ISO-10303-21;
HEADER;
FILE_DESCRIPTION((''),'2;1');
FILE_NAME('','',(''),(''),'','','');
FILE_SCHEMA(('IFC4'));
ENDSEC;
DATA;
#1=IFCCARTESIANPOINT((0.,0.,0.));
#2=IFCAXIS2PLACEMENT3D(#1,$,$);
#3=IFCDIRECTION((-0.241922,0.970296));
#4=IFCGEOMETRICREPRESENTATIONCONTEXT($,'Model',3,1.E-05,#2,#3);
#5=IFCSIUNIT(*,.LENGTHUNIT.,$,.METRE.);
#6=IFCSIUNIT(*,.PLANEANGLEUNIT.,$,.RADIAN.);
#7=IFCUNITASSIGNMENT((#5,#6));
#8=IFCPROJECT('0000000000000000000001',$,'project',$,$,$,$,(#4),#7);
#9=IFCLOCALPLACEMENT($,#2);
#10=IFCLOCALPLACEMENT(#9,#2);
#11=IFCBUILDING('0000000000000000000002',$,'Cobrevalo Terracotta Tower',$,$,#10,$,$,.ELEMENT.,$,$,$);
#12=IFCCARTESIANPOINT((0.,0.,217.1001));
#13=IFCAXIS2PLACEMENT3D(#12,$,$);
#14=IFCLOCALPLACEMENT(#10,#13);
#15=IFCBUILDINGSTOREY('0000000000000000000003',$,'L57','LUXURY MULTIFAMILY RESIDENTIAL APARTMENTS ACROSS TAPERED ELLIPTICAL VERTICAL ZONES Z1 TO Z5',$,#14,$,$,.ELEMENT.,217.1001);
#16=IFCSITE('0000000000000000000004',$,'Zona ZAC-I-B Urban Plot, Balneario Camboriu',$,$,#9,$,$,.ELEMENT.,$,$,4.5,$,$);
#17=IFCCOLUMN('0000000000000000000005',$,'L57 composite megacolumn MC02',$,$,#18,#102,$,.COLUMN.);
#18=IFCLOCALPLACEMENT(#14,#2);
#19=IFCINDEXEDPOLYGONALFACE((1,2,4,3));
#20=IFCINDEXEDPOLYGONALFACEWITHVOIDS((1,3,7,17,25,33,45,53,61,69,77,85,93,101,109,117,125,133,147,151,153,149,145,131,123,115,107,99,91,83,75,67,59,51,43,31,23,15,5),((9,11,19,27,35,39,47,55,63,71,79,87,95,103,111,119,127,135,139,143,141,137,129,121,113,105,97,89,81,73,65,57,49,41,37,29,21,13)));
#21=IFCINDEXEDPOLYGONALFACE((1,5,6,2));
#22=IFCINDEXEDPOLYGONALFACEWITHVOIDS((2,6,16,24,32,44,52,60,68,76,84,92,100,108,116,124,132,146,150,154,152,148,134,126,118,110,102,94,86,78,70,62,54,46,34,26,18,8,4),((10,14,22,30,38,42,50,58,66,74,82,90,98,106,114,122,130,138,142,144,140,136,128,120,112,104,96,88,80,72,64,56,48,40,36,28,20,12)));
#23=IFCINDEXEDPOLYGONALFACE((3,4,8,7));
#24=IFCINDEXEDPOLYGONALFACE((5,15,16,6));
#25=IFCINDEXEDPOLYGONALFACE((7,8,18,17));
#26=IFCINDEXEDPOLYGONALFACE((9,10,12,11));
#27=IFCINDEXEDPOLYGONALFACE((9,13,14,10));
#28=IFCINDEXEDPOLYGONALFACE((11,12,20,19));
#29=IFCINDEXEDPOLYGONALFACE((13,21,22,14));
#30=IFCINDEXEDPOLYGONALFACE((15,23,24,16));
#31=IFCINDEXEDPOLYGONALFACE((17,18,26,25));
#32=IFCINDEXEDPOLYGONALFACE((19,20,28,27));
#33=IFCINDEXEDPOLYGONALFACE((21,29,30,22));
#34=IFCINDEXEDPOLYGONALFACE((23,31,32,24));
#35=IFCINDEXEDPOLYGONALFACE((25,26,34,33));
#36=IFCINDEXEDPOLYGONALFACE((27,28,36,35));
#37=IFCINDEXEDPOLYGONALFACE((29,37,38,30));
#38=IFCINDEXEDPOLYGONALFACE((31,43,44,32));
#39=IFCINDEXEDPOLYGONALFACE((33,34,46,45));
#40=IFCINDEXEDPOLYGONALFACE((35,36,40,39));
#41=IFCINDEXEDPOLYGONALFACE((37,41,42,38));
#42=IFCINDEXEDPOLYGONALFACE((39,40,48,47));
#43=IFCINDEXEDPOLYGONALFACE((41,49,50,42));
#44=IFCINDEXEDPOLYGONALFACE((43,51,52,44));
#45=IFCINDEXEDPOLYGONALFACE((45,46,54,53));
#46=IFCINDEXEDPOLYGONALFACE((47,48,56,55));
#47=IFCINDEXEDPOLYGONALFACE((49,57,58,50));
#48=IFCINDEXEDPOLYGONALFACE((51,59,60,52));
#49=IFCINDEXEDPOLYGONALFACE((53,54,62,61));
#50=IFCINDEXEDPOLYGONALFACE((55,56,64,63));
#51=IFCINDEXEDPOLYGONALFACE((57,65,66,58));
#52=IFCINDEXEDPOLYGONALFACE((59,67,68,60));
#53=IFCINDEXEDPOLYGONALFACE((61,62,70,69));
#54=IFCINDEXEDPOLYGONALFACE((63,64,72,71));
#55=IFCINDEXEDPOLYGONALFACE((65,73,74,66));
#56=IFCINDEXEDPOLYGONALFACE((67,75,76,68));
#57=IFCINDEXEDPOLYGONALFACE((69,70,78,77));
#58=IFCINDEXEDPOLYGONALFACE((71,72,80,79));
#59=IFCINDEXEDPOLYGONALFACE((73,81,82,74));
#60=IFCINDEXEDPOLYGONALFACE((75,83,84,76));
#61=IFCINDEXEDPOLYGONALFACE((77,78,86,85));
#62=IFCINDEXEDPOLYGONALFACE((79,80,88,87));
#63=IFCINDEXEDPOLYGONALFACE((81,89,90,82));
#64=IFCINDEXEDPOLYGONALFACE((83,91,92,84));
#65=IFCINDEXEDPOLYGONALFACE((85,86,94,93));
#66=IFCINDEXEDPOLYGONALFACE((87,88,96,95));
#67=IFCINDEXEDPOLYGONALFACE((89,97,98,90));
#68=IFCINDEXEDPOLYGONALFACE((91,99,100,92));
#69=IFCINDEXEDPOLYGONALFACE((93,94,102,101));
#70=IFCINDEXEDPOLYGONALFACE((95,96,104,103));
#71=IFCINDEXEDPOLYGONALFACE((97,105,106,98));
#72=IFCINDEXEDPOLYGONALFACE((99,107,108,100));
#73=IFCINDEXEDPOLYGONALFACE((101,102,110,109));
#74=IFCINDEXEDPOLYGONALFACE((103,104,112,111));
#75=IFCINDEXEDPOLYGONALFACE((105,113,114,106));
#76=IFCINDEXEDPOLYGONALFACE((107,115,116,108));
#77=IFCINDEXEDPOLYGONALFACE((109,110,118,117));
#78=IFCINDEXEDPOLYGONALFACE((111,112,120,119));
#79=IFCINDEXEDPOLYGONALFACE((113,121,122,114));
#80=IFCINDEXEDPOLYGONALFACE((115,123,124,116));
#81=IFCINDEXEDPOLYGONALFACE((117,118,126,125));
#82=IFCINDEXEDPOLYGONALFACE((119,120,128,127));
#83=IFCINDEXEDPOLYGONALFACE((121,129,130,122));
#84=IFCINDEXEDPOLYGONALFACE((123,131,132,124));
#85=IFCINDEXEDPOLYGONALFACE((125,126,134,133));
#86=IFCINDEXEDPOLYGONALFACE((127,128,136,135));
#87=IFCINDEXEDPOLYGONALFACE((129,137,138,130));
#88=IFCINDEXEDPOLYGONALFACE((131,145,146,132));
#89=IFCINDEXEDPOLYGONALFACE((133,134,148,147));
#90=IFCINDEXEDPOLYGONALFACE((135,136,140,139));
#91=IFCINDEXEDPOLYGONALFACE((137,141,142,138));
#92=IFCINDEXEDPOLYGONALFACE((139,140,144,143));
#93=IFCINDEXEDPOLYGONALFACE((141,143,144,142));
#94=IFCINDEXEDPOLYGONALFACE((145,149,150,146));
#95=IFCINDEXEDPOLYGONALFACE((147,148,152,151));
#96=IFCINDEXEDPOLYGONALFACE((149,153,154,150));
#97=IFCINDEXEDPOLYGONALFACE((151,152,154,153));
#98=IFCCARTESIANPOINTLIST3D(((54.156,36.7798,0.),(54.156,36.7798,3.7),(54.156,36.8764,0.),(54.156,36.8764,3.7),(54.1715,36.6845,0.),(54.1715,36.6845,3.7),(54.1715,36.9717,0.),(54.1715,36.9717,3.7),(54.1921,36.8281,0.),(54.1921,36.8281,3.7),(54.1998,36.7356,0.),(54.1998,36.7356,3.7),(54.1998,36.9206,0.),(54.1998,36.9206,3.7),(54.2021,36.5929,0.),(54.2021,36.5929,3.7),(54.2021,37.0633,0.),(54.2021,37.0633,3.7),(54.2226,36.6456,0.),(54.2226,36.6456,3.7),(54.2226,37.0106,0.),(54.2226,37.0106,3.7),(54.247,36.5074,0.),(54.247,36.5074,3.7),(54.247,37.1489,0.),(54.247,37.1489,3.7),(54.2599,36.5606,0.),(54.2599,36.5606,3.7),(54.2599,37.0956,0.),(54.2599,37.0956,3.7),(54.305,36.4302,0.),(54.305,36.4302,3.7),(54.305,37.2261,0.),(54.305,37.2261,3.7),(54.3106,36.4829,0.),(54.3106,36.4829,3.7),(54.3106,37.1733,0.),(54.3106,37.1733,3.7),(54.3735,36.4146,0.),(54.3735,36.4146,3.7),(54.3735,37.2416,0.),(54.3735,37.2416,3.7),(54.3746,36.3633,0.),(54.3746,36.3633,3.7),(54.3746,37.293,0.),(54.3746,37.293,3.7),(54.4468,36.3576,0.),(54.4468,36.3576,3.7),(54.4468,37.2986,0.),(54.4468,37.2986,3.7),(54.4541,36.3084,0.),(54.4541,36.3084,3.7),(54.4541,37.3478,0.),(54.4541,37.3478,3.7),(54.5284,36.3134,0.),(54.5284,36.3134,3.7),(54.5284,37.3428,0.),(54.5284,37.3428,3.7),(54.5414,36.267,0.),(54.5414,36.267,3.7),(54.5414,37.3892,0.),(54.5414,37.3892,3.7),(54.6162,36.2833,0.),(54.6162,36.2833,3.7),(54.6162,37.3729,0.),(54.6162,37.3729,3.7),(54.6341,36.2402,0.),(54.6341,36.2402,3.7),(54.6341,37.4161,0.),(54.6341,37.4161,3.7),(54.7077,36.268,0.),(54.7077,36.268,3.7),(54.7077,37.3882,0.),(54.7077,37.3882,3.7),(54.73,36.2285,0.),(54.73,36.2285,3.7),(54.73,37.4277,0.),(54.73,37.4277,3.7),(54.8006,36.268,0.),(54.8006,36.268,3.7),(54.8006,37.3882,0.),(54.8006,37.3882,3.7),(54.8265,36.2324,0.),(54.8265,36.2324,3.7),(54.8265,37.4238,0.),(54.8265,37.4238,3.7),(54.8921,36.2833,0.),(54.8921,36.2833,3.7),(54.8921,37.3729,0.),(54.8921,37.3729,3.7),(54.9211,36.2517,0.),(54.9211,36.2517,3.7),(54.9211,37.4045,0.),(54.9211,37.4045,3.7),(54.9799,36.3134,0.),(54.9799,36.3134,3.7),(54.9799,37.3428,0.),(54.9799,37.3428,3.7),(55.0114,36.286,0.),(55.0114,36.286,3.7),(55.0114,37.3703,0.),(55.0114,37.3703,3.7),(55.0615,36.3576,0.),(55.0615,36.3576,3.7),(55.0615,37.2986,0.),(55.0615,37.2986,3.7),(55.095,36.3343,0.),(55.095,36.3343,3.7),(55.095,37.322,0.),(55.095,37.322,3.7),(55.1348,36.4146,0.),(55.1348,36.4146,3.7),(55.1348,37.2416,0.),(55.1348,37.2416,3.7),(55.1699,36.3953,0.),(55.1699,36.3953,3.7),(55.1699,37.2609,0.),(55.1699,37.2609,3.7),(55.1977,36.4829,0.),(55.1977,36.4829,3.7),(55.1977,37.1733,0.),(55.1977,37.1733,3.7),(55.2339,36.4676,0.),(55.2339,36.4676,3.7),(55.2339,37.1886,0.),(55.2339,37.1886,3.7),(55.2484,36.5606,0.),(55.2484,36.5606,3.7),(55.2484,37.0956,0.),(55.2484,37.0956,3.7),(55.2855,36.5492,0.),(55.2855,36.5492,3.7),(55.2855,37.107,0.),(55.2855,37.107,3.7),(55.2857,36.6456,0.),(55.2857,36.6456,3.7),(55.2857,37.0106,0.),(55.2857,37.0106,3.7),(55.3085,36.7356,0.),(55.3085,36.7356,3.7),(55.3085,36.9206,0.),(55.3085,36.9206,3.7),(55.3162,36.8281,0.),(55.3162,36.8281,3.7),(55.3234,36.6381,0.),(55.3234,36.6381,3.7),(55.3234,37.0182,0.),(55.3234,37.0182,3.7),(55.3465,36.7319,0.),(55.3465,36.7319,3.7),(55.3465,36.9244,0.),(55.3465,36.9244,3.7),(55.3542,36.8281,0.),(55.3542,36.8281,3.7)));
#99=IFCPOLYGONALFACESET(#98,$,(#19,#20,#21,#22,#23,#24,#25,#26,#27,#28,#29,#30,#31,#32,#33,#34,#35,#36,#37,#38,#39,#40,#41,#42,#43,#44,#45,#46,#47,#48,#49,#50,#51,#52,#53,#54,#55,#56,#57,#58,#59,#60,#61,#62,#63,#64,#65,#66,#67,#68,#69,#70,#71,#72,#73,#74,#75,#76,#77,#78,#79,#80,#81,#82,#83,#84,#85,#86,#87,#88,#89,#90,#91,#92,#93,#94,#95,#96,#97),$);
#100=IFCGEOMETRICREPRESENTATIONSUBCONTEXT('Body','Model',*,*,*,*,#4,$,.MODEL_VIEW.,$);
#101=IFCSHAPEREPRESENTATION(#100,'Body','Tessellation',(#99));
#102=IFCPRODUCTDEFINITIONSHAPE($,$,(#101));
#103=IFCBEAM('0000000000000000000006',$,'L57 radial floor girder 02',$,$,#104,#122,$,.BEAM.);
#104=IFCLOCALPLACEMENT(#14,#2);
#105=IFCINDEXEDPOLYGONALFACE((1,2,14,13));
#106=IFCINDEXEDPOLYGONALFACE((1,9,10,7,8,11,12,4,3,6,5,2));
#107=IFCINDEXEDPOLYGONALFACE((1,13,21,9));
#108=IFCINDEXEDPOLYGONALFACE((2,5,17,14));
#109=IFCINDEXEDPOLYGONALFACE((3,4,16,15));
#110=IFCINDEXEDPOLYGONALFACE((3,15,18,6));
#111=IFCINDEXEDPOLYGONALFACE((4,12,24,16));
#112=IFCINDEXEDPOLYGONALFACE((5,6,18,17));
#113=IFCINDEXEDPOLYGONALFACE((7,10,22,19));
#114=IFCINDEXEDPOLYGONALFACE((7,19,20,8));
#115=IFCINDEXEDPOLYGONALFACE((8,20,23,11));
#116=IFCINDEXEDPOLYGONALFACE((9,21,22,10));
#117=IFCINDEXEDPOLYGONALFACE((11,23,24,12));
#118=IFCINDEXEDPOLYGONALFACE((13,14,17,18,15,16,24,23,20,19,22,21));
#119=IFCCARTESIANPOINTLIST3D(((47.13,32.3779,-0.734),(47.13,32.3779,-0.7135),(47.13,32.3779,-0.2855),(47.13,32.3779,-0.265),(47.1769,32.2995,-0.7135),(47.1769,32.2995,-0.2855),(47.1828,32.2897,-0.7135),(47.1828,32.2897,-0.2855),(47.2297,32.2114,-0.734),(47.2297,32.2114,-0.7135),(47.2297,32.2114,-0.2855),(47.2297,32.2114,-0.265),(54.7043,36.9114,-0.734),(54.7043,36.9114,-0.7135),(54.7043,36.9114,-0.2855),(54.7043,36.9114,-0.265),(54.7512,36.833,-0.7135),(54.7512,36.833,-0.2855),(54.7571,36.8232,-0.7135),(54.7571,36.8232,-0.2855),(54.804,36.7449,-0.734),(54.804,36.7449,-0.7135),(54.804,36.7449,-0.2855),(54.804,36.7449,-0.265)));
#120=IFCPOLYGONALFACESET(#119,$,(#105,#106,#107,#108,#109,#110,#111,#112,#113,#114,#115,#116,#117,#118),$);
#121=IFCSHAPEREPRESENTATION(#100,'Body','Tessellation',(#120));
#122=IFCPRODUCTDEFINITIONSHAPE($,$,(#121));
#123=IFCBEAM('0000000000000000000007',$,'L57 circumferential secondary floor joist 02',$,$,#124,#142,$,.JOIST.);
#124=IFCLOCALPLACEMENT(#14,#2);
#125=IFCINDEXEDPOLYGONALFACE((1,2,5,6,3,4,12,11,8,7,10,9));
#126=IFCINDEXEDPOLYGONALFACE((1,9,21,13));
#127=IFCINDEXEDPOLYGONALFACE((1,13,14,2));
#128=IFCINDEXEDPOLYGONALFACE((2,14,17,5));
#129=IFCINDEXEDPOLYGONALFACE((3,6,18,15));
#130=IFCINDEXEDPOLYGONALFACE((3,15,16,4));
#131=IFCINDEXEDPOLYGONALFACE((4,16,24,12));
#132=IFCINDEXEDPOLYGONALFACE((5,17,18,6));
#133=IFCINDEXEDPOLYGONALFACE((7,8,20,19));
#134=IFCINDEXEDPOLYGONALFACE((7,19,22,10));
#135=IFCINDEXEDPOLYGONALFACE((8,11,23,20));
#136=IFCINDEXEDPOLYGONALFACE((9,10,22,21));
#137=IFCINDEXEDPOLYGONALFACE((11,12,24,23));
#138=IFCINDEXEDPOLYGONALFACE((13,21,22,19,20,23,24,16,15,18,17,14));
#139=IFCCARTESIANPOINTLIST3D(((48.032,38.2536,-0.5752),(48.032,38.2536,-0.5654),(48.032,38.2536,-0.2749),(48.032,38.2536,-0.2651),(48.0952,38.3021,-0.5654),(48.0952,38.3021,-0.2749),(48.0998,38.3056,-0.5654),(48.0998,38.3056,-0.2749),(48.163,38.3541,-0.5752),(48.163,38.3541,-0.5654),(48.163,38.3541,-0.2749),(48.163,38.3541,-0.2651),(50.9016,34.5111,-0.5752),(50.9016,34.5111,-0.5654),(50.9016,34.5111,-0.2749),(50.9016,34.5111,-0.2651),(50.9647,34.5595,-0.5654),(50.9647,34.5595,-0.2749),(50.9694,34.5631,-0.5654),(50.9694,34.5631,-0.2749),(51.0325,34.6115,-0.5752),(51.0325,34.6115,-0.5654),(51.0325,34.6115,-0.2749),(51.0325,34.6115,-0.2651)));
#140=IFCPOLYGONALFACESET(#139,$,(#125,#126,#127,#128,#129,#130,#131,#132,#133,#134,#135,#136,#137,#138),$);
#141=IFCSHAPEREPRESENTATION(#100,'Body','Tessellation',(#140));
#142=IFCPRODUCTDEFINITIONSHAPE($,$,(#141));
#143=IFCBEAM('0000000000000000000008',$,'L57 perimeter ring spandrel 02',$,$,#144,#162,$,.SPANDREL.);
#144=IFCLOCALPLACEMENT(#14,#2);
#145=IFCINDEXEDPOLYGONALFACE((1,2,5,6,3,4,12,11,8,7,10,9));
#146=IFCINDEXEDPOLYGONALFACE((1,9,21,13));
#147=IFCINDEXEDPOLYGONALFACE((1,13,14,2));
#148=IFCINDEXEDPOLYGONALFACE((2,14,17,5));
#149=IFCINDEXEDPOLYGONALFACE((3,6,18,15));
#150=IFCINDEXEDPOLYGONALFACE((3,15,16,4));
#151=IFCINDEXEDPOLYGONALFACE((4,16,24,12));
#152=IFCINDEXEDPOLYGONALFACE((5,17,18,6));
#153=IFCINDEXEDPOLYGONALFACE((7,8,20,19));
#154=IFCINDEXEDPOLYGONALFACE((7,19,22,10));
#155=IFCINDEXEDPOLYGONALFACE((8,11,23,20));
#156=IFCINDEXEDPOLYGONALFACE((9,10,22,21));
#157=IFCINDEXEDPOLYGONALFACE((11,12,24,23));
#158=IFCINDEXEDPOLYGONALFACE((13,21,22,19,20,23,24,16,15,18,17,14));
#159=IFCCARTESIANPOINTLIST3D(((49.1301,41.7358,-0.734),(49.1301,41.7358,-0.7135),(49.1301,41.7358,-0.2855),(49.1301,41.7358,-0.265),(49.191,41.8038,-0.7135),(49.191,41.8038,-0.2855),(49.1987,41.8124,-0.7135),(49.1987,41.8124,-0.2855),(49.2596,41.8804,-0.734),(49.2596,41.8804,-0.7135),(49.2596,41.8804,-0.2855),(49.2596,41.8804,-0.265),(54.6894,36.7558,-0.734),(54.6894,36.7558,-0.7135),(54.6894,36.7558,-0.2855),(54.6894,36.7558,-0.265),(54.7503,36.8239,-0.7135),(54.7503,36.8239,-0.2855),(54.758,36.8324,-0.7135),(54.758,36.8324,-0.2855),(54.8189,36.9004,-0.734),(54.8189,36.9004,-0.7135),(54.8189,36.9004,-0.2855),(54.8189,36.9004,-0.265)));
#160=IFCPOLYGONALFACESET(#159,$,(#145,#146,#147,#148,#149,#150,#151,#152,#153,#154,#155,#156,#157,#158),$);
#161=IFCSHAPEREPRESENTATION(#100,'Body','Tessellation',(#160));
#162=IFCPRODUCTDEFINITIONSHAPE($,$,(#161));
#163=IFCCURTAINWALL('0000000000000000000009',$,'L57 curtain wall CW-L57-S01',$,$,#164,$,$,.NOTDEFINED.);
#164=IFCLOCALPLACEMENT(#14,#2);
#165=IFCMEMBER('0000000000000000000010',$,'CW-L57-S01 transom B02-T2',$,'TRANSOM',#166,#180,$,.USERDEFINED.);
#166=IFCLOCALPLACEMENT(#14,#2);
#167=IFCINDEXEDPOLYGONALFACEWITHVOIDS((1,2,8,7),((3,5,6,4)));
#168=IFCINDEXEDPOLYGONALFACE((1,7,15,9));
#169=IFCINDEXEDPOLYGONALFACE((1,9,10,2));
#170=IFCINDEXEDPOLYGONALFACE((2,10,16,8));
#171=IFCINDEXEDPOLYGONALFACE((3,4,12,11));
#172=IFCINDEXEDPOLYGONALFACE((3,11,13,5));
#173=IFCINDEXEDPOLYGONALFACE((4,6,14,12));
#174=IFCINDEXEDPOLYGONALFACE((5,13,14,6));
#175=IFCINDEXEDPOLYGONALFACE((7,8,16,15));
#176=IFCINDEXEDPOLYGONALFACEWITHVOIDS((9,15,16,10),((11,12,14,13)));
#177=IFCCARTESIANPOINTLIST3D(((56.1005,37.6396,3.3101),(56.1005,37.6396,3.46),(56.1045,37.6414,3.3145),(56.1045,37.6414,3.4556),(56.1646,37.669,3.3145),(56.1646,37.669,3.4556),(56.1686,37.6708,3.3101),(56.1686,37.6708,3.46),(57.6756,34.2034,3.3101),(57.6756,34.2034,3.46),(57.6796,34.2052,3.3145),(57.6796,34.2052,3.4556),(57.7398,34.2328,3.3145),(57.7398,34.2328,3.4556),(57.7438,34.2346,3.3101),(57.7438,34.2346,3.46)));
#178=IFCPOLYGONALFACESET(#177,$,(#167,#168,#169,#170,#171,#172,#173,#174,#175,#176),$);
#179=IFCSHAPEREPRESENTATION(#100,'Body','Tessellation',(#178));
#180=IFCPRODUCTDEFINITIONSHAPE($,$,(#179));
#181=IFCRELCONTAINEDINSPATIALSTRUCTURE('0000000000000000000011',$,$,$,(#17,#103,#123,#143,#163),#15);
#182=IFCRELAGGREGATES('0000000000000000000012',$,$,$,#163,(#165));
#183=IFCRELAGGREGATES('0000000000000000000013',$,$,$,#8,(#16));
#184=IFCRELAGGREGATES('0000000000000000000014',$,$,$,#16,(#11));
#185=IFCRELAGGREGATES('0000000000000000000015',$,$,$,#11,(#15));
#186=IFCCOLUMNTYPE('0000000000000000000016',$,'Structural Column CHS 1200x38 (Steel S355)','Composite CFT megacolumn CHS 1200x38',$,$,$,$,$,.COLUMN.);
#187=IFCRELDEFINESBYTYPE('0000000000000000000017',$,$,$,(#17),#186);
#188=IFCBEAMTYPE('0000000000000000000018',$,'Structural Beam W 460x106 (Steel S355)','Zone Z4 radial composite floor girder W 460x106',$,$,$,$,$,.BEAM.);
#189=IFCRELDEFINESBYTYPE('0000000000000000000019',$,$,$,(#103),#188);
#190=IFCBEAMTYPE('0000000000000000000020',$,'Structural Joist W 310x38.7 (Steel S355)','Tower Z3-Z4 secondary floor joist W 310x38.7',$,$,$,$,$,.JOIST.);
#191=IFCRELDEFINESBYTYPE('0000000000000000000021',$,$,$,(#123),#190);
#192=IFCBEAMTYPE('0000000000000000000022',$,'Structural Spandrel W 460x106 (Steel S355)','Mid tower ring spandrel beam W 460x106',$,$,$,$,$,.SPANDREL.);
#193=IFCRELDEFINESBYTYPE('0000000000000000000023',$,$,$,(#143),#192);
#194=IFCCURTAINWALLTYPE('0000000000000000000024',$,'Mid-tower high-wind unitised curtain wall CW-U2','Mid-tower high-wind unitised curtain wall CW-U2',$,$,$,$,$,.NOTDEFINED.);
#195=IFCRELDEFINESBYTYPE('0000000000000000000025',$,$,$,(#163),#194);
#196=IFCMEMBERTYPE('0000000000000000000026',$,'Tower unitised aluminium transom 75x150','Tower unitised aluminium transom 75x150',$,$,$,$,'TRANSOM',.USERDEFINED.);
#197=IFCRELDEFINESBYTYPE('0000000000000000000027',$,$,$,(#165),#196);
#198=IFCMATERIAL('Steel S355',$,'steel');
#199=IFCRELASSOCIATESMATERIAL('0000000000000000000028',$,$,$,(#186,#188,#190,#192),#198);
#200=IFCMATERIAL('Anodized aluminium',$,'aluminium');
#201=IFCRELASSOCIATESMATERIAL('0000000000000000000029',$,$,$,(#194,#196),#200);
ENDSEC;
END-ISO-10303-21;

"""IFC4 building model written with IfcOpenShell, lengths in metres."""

from ifc_helpers import new_model, si_unit, direction, frame, origin, origin_2d, place, context, subcontext, project, spatial, hollow_rectangle, hollow_circle, i_section, extrude, source, transform, mapped, material, material_profile, profile_set, type_object, element, aggregate, save


model = new_model("IFC4")

# Units and contexts
model_context = context("Model", 3, precision=1e-05, world=origin(), true_north=direction((-0.241922, 0.970296)))
body_context = subcontext(model_context, "Body", "Model", "MODEL_VIEW")
ifc_project = project(units=[si_unit("LENGTHUNIT", "METRE"), si_unit("PLANEANGLEUNIT", "RADIAN")], contexts=[model_context])

# Site, building, storey
site_placement = place(None, origin())
site = spatial("IfcSite", under=ifc_project, at=site_placement, Name="Zona ZAC-I-B Urban Plot, Balneario Camboriu", CompositionType="ELEMENT", RefElevation=4.5)
building_placement = place(site_placement, origin())
building = spatial("IfcBuilding", under=site, at=building_placement, Name="Cobrevalo Terracotta Tower", CompositionType="ELEMENT")
storey_placement = place(building_placement, frame((0.0, 0.0, 217.1001)))
storey = spatial("IfcBuildingStorey", under=building, at=storey_placement, Name="L57", Description="LUXURY MULTIFAMILY RESIDENTIAL APARTMENTS ACROSS TAPERED ELLIPTICAL VERTICAL ZONES Z1 TO Z5", CompositionType="ELEMENT", Elevation=217.1001)

# Column
ifc_material_1 = material(Name="Steel S355", Category="steel")
ifc_material_profile_1 = material_profile(ifc_material_1, hollow_circle(Radius=0.6001, WallThickness=0.0381, at=origin_2d()), Name="CHS 1200x38")
ifc_profile_set_1 = profile_set([ifc_material_profile_1], Name="Steel S355")
column_type = type_object("IfcColumnType", Name="Structural Column CHS 1200x38 (Steel S355)", Description="Composite CFT megacolumn CHS 1200x38", PredefinedType="COLUMN", material=ifc_profile_set_1)
column_placement = place(storey_placement, frame((54.7542, 36.8281, 0.0), z_axis=(0.0, 0.0, 1.0), x_axis=(1.0, 0.0, 0.0)))
element("IfcColumn", 1, at=column_placement, inside=storey, type_object=column_type, Name="L57 composite megacolumn MC02", PredefinedType="COLUMN", context=body_context, shape_type="SweptSolid", body=[
    extrude(hollow_circle(Radius=0.6001, WallThickness=0.0381, at=origin_2d()), origin(), (0.0, 0.0, 1.0), 3.7),
])

# Beams
ifc_material_profile_2 = material_profile(ifc_material_1, i_section(OverallWidth=0.1941, OverallDepth=0.469, WebThickness=0.0115, FlangeThickness=0.0205, at=origin_2d()), Name="W 460x106")
ifc_profile_set_2 = profile_set([ifc_material_profile_2], Name="Steel S355")
beam_type_1 = type_object("IfcBeamType", Name="Structural Beam W 460x106 (Steel S355)", Description="Zone Z4 radial composite floor girder W 460x106", PredefinedType="BEAM", material=ifc_profile_set_2)
beam_1_placement = place(storey_placement, frame((54.7542, 36.8281, -0.4995), z_axis=(-0.858046, -0.513572, 0.0), x_axis=(0.513572, -0.858046, 0.0)))
element("IfcBeam", 2, at=beam_1_placement, inside=storey, type_object=beam_type_1, Name="L57 radial floor girder 02", PredefinedType="BEAM", context=body_context, shape_type="SweptSolid", body=[
    extrude(i_section(OverallWidth=0.1941, OverallDepth=0.469, WebThickness=0.0115, FlangeThickness=0.0205, at=origin_2d()), origin(), (0.0, 0.0, 1.0), 8.8274),
])
ifc_material_profile_3 = material_profile(ifc_material_1, i_section(OverallWidth=0.165, OverallDepth=0.3101, WebThickness=0.0059, FlangeThickness=0.0098, at=origin_2d()), Name="W 310x38.7")
ifc_profile_set_3 = profile_set([ifc_material_profile_3], Name="Steel S355")
beam_type_2 = type_object("IfcBeamType", Name="Structural Joist W 310x38.7 (Steel S355)", Description="Tower Z3-Z4 secondary floor joist W 310x38.7", PredefinedType="JOIST", material=ifc_profile_set_3)
beam_2_placement = place(storey_placement, frame((50.967, 34.5613, -0.4202), z_axis=(-0.608464, 0.793581, 0.0), x_axis=(-0.793581, -0.608464, 0.0)))
element("IfcBeam", 3, at=beam_2_placement, inside=storey, type_object=beam_type_2, Name="L57 circumferential secondary floor joist 02", PredefinedType="JOIST", context=body_context, shape_type="SweptSolid", body=[
    extrude(i_section(OverallWidth=0.165, OverallDepth=0.3101, WebThickness=0.0059, FlangeThickness=0.0098, at=origin_2d()), origin(), (0.0, 0.0, 1.0), 4.7161),
])
ifc_material_profile_4 = material_profile(ifc_material_1, i_section(OverallWidth=0.1941, OverallDepth=0.469, WebThickness=0.0115, FlangeThickness=0.0205, at=origin_2d()), Name="W 460x106")
ifc_profile_set_4 = profile_set([ifc_material_profile_4], Name="Steel S355")
beam_type_3 = type_object("IfcBeamType", Name="Structural Spandrel W 460x106 (Steel S355)", Description="Mid tower ring spandrel beam W 460x106", PredefinedType="SPANDREL", material=ifc_profile_set_4)
beam_3_placement = place(storey_placement, frame((54.7542, 36.8281, -0.4995), z_axis=(-0.744852, 0.66723, 0.0), x_axis=(-0.66723, -0.744852, 0.0)))
element("IfcBeam", 4, at=beam_3_placement, inside=storey, type_object=beam_type_3, Name="L57 perimeter ring spandrel 02", PredefinedType="SPANDREL", context=body_context, shape_type="SweptSolid", body=[
    extrude(i_section(OverallWidth=0.1941, OverallDepth=0.469, WebThickness=0.0115, FlangeThickness=0.0205, at=origin_2d()), origin(), (0.0, 0.0, 1.0), 7.4636),
])

# Curtain wall, member
ifc_material_2 = material(Name="Anodized aluminium", Category="aluminium")
curtain_wall_type = type_object("IfcCurtainWallType", Name="Mid-tower high-wind unitised curtain wall CW-U2", Description="Mid-tower high-wind unitised curtain wall CW-U2", PredefinedType="NOTDEFINED", material=ifc_material_2)
curtain_wall_1_placement = place(storey_placement, origin())
curtain_wall_1 = element("IfcCurtainWall", 5, at=curtain_wall_1_placement, inside=storey, type_object=curtain_wall_type, Name="L57 curtain wall CW-L57-S01", PredefinedType="NOTDEFINED")
ifc_material_profile_5 = material_profile(ifc_material_2, hollow_rectangle(XDim=0.075, YDim=0.1499, WallThickness=0.0044, at=origin_2d()), Name="CWT 75x150")
ifc_profile_set_5 = profile_set([ifc_material_profile_5], Name="Anodized aluminium")
member_type_1 = type_object("IfcMemberType", Name="Tower unitised aluminium transom 75x150", Description="Tower unitised aluminium transom 75x150", ElementType="TRANSOM", PredefinedType="USERDEFINED", material=ifc_profile_set_5)
shared_shape_1 = source(origin(), body_context, "Body", "SweptSolid", [
    extrude(hollow_rectangle(XDim=0.075, YDim=0.1499, WallThickness=0.0044, at=origin_2d()), origin(), (0.0, 0.0, 1.0), 3.78),
])
member_1_placement = place(storey_placement, frame((57.7097, 34.219, 3.385), z_axis=(-0.416706, 0.909041, 0.0), x_axis=(-0.909041, -0.416706, 0.0)))
member_1 = element("IfcMember", 6, at=member_1_placement, type_object=member_type_1, Name="CW-L57-S01 transom B02-T2", ObjectType="TRANSOM", PredefinedType="USERDEFINED", context=body_context, shape_type="MappedRepresentation", body=[
    mapped(shared_shape_1, transform((0.0, 0.0, 0.0), scale=1.0)),
])

aggregate(curtain_wall_1, [member_1])

save(model, "model.ifc")
